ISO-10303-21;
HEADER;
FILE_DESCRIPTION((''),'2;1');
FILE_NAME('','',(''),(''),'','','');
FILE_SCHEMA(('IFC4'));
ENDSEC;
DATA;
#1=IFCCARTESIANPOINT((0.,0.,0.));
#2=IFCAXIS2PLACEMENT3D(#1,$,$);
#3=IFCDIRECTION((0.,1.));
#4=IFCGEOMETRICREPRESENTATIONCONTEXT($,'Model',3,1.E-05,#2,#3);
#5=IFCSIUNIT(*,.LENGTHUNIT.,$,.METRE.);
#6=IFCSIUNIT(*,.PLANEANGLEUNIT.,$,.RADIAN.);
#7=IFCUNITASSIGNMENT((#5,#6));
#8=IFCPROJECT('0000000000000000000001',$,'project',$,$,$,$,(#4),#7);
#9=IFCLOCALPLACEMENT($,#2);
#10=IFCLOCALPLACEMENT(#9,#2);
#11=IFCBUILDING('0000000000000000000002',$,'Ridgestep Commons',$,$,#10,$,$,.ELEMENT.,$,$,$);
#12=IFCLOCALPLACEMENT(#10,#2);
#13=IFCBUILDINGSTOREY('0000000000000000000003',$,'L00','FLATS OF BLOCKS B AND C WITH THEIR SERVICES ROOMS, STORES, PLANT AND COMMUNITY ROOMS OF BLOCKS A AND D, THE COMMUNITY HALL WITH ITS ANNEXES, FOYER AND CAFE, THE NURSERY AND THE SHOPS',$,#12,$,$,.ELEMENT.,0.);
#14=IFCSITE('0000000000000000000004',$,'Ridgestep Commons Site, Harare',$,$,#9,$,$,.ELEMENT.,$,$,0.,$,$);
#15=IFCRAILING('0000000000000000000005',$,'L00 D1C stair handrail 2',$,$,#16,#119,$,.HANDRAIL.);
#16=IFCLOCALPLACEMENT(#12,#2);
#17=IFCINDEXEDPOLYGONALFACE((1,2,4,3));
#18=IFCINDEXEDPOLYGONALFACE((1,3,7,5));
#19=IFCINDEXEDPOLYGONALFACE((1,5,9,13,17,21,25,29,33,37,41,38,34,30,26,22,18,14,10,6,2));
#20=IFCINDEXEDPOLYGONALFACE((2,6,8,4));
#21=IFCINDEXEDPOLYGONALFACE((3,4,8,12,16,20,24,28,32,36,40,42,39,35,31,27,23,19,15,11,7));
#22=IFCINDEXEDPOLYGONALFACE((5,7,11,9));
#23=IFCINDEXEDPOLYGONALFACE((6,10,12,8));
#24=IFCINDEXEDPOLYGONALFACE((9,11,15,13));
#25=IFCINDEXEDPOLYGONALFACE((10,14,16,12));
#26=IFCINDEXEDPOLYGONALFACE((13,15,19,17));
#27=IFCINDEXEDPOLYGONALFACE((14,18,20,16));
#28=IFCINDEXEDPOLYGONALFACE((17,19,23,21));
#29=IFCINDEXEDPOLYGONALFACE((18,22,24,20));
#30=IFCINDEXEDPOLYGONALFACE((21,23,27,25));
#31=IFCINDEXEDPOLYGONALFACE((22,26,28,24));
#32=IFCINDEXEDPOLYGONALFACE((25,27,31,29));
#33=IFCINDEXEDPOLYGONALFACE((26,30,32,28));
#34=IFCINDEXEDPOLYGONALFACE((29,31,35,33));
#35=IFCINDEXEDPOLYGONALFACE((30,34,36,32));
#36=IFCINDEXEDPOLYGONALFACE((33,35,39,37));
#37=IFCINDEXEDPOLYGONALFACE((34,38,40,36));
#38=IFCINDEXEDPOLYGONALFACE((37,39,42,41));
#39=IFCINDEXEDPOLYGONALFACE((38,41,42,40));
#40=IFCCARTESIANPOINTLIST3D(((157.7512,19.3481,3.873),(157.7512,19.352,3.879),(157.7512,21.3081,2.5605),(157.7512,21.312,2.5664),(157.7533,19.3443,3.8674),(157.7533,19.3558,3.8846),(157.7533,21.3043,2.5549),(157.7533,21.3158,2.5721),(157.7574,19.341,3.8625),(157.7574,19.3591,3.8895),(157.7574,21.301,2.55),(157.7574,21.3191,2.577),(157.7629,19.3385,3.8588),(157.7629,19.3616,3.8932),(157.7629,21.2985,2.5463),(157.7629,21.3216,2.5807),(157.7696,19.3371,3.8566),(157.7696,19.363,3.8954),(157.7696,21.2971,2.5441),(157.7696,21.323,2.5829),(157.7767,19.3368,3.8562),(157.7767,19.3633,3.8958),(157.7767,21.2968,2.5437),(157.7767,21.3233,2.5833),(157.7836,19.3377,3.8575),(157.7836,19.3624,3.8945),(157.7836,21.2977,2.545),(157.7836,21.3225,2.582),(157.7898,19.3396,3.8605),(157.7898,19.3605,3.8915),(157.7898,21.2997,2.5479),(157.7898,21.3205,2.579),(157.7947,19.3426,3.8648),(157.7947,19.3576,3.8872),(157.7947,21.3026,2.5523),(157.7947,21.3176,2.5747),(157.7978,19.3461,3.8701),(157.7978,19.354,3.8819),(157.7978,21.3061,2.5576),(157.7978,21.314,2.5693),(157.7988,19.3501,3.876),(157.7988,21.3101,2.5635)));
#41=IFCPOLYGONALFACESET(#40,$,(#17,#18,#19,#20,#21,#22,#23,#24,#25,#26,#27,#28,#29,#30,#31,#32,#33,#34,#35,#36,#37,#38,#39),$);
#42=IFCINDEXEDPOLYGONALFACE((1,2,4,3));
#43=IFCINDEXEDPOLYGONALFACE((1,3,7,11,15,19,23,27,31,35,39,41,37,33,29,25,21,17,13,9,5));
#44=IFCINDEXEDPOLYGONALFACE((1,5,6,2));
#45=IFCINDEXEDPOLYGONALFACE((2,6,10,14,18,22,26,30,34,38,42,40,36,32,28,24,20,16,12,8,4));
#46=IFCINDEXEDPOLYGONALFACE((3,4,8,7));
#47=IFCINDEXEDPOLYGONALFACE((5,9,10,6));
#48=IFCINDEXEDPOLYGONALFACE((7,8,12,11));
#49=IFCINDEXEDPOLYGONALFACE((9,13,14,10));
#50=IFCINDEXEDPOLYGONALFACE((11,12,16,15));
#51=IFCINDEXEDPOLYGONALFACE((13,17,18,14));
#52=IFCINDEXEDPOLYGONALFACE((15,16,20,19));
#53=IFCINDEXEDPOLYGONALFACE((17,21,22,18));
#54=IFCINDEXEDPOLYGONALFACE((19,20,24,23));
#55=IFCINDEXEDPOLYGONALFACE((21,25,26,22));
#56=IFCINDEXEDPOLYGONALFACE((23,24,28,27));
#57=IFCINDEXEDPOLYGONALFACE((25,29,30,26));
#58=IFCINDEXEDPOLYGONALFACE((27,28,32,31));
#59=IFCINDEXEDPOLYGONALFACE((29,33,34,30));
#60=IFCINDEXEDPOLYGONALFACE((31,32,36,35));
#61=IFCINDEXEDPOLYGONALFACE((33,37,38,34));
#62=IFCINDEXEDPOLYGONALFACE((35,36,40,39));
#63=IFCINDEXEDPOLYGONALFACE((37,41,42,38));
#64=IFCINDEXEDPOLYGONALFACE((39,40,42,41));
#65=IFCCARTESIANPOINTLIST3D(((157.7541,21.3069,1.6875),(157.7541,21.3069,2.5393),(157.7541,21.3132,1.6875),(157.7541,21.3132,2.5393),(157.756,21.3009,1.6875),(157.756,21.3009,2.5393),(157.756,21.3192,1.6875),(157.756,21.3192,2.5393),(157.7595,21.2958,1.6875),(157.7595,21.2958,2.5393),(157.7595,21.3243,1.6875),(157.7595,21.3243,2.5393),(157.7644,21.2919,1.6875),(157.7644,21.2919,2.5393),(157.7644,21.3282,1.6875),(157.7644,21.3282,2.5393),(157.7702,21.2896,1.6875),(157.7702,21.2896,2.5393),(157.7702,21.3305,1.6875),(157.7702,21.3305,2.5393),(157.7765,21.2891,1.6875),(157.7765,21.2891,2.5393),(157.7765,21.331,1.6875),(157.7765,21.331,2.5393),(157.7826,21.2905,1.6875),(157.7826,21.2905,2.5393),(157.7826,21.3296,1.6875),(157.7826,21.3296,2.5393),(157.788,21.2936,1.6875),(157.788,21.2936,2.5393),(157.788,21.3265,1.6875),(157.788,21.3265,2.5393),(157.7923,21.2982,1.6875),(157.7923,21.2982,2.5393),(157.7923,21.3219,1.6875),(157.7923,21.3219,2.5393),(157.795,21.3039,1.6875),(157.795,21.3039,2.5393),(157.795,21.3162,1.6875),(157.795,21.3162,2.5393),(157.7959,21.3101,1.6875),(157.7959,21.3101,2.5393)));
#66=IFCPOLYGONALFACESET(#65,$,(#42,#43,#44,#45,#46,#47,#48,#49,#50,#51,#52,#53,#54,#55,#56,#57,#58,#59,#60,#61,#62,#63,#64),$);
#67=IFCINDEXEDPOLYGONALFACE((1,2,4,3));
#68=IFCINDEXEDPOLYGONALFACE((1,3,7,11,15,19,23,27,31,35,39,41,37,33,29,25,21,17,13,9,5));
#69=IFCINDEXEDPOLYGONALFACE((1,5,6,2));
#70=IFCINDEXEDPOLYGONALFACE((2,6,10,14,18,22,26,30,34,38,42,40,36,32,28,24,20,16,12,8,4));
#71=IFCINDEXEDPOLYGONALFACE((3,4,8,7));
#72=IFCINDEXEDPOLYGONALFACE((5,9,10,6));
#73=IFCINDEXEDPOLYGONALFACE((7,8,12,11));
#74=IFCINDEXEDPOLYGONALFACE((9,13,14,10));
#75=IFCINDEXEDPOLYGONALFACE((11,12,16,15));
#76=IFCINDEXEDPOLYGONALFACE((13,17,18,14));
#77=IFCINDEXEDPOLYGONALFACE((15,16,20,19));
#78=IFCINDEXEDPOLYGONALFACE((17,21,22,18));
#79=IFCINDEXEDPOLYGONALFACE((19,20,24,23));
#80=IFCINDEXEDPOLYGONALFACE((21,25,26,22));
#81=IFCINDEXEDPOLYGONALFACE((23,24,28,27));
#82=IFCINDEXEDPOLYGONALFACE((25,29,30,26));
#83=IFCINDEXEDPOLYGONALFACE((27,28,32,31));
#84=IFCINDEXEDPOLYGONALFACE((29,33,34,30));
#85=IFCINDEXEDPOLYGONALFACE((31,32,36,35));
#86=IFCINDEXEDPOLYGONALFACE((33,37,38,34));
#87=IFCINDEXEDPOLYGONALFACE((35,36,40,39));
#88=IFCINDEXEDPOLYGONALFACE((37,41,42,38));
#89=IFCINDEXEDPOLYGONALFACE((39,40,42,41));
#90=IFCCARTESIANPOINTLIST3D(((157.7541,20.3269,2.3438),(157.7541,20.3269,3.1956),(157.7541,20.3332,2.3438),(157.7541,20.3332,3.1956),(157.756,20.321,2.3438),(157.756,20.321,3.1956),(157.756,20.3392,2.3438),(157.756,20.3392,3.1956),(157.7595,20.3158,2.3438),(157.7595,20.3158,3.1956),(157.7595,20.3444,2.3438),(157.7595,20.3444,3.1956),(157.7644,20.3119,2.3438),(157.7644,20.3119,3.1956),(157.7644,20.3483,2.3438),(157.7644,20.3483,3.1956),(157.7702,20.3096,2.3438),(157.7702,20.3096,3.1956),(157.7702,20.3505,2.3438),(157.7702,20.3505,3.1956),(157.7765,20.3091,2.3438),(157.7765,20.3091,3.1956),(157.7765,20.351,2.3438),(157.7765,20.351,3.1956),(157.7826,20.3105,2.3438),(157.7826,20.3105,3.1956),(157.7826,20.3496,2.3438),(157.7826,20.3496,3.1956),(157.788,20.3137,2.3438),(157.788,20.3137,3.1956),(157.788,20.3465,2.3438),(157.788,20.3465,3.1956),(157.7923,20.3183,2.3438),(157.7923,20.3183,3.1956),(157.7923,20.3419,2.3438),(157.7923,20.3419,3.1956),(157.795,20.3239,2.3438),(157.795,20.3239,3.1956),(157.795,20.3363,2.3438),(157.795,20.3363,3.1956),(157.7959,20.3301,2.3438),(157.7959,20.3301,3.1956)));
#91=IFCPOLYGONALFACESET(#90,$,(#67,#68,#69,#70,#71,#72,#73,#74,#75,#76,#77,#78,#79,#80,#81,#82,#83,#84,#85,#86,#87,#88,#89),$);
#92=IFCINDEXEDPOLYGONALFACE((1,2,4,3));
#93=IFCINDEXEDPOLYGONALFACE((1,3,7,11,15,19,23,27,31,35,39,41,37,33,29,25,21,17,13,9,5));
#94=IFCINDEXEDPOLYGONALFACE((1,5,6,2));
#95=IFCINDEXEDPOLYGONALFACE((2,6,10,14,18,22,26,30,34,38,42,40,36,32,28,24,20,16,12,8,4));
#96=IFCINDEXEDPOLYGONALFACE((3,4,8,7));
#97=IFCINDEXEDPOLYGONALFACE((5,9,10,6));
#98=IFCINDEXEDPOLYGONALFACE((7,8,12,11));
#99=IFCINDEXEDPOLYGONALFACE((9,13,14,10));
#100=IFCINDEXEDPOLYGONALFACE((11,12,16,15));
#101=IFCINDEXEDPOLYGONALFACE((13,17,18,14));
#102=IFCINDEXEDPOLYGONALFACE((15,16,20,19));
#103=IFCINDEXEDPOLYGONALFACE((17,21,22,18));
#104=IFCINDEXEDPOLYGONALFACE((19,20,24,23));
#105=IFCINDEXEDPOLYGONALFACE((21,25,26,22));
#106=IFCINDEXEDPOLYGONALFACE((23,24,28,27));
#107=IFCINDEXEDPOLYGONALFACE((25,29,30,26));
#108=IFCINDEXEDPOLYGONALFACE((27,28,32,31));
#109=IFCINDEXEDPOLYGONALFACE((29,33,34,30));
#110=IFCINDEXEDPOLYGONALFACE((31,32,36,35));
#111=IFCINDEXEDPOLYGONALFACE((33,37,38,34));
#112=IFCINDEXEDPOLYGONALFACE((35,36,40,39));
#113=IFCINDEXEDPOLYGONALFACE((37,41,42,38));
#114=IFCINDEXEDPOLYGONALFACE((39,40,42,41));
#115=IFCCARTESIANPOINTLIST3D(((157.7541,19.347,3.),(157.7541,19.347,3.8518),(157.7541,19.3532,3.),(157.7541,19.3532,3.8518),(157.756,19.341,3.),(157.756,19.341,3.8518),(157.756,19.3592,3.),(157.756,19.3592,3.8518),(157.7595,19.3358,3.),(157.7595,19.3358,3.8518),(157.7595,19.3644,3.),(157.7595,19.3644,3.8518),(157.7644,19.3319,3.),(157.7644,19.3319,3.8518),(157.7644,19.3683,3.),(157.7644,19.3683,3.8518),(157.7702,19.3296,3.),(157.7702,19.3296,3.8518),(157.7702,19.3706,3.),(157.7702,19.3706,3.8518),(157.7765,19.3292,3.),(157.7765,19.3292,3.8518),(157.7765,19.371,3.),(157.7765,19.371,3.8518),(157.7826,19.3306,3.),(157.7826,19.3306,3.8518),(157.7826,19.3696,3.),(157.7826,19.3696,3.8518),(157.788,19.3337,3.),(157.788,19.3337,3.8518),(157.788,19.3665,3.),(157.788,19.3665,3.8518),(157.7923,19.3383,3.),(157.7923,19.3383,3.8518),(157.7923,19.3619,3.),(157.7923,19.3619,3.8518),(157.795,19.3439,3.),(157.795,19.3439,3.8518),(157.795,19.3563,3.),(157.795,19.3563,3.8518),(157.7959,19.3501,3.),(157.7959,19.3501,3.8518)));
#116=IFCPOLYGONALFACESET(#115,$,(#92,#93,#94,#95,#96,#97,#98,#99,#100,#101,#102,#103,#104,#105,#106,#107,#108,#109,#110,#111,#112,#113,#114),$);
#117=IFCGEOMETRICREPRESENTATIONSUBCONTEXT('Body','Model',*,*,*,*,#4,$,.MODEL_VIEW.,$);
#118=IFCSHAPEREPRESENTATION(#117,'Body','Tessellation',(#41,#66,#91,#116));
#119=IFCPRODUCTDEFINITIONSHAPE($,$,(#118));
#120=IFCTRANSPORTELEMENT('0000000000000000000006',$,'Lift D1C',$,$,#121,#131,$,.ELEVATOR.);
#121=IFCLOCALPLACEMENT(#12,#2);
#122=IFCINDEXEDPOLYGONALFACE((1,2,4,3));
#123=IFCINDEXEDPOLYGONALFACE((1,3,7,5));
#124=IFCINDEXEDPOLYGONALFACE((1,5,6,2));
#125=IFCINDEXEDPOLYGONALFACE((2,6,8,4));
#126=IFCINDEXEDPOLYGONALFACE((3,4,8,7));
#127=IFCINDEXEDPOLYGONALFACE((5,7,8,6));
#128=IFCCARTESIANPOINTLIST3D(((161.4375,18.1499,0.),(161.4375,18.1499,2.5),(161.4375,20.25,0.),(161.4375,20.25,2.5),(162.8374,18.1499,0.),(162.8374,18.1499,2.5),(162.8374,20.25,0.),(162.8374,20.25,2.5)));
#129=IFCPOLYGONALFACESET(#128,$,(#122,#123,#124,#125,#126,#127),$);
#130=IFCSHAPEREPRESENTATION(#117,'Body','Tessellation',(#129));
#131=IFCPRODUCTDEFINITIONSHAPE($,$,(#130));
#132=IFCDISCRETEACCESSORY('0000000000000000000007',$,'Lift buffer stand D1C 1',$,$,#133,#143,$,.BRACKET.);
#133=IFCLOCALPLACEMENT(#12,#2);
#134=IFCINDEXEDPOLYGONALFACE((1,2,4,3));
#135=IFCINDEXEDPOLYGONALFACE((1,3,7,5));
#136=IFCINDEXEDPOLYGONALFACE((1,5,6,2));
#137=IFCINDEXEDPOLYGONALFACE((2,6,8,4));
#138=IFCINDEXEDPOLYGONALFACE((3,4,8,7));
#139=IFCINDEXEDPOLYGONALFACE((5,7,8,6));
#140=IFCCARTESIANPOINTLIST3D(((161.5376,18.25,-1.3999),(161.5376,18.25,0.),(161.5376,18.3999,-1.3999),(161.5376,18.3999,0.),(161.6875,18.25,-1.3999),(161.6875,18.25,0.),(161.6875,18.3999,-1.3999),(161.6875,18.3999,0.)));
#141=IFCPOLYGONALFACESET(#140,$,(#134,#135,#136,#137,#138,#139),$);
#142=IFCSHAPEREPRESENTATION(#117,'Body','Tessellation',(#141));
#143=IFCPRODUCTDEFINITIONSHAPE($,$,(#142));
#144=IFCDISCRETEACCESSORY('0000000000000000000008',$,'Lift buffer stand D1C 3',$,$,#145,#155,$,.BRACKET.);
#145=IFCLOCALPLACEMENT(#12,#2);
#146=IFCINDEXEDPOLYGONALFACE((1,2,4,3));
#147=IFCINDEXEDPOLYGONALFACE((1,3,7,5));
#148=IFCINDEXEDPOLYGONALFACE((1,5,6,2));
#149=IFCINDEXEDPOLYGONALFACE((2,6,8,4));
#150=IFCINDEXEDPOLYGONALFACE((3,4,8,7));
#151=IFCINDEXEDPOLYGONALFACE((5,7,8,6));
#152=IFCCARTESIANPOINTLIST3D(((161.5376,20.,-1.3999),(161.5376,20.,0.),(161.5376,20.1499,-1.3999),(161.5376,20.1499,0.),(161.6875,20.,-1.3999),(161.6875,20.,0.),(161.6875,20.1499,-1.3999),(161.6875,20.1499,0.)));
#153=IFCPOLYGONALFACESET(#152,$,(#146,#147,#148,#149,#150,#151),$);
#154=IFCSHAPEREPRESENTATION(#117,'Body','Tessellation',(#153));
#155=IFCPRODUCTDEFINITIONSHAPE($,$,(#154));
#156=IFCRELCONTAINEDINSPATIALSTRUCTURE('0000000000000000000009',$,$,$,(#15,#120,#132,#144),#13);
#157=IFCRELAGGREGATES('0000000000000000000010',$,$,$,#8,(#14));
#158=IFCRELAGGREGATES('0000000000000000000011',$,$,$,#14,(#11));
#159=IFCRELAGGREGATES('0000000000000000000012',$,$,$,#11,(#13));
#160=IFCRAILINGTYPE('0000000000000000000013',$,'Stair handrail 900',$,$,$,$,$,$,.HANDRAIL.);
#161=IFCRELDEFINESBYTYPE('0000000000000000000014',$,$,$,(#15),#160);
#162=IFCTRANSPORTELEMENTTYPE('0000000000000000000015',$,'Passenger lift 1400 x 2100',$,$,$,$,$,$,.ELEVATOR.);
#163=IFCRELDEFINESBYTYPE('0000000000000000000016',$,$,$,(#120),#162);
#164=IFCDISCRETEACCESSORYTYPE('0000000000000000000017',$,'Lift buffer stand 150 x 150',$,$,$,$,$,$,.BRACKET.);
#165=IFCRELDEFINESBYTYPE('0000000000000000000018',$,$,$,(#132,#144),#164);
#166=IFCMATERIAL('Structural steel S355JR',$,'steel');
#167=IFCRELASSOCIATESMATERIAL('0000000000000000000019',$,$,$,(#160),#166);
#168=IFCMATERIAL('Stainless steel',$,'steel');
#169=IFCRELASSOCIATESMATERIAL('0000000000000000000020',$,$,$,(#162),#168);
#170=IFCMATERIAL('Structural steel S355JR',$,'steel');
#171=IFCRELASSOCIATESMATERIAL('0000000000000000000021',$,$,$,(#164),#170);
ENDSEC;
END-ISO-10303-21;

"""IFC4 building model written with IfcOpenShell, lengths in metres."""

from ifc_helpers import new_model, si_unit, direction, frame, origin, origin_2d, place, context, subcontext, project, spatial, rectangle, circle, extrude, material, type_object, element, save


model = new_model("IFC4")

# Units and contexts
model_context = context("Model", 3, precision=1e-05, world=origin(), true_north=direction((0.0, 1.0)))
body_context = subcontext(model_context, "Body", "Model", "MODEL_VIEW")
ifc_project = project(units=[si_unit("LENGTHUNIT", "METRE"), si_unit("PLANEANGLEUNIT", "RADIAN")], contexts=[model_context])

# Site, building, storey
site_placement = place(None, origin())
site = spatial("IfcSite", under=ifc_project, at=site_placement, Name="Ridgestep Commons Site, Harare", CompositionType="ELEMENT", RefElevation=0.0)
building_placement = place(site_placement, origin())
building = spatial("IfcBuilding", under=site, at=building_placement, Name="Ridgestep Commons", CompositionType="ELEMENT")
storey_placement = place(building_placement, origin())
storey = spatial("IfcBuildingStorey", under=building, at=storey_placement, Name="L00", Description="FLATS OF BLOCKS B AND C WITH THEIR SERVICES ROOMS, STORES, PLANT AND COMMUNITY ROOMS OF BLOCKS A AND D, THE COMMUNITY HALL WITH ITS ANNEXES, FOYER AND CAFE, THE NURSERY AND THE SHOPS", CompositionType="ELEMENT", Elevation=0.0)

# Railing
ifc_material_1 = material(Name="Structural steel S355JR", Category="steel")
railing_type_1 = type_object("IfcRailingType", Name="Stair handrail 900", PredefinedType="HANDRAIL", material=ifc_material_1)
railing_1_placement = place(storey_placement, frame((157.7749, 21.3101, 1.6875)))
element("IfcRailing", 1, at=railing_1_placement, inside=storey, type_object=railing_type_1, Name="L00 D1C stair handrail 2", PredefinedType="HANDRAIL", context=body_context, shape_type="SweptSolid", body=[
    extrude(circle(Radius=0.0239, at=origin_2d()), frame((0.0, 0.0, 0.876), z_axis=(0.0, -0.830902, 0.556419), x_axis=(1.0, 0.0, 0.0)), (0.0, 0.0, 1.0), 2.3589),
    extrude(circle(Radius=0.021, at=origin_2d()), origin(), (0.0, 0.0, 1.0), 0.8518),
    extrude(circle(Radius=0.021, at=origin_2d()), frame((0.0, -0.98, 0.6562)), (0.0, 0.0, 1.0), 0.8518),
    extrude(circle(Radius=0.021, at=origin_2d()), frame((0.0, -1.96, 1.3125)), (0.0, 0.0, 1.0), 0.8518),
])

# Transport element
ifc_material_2 = material(Name="Stainless steel", Category="steel")
transport_element_type = type_object("IfcTransportElementType", Name="Passenger lift 1400 x 2100", PredefinedType="ELEVATOR", material=ifc_material_2)
transport_element_placement = place(storey_placement, frame((162.1375, 19.2, 0.0), z_axis=(0.0, 0.0, 1.0), x_axis=(1.0, 0.0, 0.0)))
element("IfcTransportElement", 2, at=transport_element_placement, inside=storey, type_object=transport_element_type, Name="Lift D1C", PredefinedType="ELEVATOR", context=body_context, shape_type="SweptSolid", body=[
    extrude(rectangle(XDim=1.3999, YDim=2.1001, at=origin_2d()), origin(), (0.0, 0.0, 1.0), 2.5),
])

# Discrete accessories
ifc_material_3 = material(Name="Structural steel S355JR", Category="steel")
discrete_accessory_type = type_object("IfcDiscreteAccessoryType", Name="Lift buffer stand 150 x 150", PredefinedType="BRACKET", material=ifc_material_3)
for number, where, z_axis, x_axis, name in (
    (3, (161.6125, 18.325, -1.3999), (0.0, 0.0, 1.0), (1.0, 0.0, 0.0), "Lift buffer stand D1C 1"),
    (4, (161.6125, 20.075, -1.3999), (0.0, 0.0, 1.0), (1.0, 0.0, 0.0), "Lift buffer stand D1C 3"),
):
    element("IfcDiscreteAccessory", number, at=place(storey_placement, frame(where, z_axis=z_axis, x_axis=x_axis)), inside=storey, type_object=discrete_accessory_type, Name=name, PredefinedType="BRACKET", context=body_context, shape_type="SweptSolid", body=[
        extrude(rectangle(XDim=0.1499, YDim=0.1499, at=origin_2d()), origin(), (0.0, 0.0, 1.0), 1.3999),
    ])

save(model, "model.ifc")
